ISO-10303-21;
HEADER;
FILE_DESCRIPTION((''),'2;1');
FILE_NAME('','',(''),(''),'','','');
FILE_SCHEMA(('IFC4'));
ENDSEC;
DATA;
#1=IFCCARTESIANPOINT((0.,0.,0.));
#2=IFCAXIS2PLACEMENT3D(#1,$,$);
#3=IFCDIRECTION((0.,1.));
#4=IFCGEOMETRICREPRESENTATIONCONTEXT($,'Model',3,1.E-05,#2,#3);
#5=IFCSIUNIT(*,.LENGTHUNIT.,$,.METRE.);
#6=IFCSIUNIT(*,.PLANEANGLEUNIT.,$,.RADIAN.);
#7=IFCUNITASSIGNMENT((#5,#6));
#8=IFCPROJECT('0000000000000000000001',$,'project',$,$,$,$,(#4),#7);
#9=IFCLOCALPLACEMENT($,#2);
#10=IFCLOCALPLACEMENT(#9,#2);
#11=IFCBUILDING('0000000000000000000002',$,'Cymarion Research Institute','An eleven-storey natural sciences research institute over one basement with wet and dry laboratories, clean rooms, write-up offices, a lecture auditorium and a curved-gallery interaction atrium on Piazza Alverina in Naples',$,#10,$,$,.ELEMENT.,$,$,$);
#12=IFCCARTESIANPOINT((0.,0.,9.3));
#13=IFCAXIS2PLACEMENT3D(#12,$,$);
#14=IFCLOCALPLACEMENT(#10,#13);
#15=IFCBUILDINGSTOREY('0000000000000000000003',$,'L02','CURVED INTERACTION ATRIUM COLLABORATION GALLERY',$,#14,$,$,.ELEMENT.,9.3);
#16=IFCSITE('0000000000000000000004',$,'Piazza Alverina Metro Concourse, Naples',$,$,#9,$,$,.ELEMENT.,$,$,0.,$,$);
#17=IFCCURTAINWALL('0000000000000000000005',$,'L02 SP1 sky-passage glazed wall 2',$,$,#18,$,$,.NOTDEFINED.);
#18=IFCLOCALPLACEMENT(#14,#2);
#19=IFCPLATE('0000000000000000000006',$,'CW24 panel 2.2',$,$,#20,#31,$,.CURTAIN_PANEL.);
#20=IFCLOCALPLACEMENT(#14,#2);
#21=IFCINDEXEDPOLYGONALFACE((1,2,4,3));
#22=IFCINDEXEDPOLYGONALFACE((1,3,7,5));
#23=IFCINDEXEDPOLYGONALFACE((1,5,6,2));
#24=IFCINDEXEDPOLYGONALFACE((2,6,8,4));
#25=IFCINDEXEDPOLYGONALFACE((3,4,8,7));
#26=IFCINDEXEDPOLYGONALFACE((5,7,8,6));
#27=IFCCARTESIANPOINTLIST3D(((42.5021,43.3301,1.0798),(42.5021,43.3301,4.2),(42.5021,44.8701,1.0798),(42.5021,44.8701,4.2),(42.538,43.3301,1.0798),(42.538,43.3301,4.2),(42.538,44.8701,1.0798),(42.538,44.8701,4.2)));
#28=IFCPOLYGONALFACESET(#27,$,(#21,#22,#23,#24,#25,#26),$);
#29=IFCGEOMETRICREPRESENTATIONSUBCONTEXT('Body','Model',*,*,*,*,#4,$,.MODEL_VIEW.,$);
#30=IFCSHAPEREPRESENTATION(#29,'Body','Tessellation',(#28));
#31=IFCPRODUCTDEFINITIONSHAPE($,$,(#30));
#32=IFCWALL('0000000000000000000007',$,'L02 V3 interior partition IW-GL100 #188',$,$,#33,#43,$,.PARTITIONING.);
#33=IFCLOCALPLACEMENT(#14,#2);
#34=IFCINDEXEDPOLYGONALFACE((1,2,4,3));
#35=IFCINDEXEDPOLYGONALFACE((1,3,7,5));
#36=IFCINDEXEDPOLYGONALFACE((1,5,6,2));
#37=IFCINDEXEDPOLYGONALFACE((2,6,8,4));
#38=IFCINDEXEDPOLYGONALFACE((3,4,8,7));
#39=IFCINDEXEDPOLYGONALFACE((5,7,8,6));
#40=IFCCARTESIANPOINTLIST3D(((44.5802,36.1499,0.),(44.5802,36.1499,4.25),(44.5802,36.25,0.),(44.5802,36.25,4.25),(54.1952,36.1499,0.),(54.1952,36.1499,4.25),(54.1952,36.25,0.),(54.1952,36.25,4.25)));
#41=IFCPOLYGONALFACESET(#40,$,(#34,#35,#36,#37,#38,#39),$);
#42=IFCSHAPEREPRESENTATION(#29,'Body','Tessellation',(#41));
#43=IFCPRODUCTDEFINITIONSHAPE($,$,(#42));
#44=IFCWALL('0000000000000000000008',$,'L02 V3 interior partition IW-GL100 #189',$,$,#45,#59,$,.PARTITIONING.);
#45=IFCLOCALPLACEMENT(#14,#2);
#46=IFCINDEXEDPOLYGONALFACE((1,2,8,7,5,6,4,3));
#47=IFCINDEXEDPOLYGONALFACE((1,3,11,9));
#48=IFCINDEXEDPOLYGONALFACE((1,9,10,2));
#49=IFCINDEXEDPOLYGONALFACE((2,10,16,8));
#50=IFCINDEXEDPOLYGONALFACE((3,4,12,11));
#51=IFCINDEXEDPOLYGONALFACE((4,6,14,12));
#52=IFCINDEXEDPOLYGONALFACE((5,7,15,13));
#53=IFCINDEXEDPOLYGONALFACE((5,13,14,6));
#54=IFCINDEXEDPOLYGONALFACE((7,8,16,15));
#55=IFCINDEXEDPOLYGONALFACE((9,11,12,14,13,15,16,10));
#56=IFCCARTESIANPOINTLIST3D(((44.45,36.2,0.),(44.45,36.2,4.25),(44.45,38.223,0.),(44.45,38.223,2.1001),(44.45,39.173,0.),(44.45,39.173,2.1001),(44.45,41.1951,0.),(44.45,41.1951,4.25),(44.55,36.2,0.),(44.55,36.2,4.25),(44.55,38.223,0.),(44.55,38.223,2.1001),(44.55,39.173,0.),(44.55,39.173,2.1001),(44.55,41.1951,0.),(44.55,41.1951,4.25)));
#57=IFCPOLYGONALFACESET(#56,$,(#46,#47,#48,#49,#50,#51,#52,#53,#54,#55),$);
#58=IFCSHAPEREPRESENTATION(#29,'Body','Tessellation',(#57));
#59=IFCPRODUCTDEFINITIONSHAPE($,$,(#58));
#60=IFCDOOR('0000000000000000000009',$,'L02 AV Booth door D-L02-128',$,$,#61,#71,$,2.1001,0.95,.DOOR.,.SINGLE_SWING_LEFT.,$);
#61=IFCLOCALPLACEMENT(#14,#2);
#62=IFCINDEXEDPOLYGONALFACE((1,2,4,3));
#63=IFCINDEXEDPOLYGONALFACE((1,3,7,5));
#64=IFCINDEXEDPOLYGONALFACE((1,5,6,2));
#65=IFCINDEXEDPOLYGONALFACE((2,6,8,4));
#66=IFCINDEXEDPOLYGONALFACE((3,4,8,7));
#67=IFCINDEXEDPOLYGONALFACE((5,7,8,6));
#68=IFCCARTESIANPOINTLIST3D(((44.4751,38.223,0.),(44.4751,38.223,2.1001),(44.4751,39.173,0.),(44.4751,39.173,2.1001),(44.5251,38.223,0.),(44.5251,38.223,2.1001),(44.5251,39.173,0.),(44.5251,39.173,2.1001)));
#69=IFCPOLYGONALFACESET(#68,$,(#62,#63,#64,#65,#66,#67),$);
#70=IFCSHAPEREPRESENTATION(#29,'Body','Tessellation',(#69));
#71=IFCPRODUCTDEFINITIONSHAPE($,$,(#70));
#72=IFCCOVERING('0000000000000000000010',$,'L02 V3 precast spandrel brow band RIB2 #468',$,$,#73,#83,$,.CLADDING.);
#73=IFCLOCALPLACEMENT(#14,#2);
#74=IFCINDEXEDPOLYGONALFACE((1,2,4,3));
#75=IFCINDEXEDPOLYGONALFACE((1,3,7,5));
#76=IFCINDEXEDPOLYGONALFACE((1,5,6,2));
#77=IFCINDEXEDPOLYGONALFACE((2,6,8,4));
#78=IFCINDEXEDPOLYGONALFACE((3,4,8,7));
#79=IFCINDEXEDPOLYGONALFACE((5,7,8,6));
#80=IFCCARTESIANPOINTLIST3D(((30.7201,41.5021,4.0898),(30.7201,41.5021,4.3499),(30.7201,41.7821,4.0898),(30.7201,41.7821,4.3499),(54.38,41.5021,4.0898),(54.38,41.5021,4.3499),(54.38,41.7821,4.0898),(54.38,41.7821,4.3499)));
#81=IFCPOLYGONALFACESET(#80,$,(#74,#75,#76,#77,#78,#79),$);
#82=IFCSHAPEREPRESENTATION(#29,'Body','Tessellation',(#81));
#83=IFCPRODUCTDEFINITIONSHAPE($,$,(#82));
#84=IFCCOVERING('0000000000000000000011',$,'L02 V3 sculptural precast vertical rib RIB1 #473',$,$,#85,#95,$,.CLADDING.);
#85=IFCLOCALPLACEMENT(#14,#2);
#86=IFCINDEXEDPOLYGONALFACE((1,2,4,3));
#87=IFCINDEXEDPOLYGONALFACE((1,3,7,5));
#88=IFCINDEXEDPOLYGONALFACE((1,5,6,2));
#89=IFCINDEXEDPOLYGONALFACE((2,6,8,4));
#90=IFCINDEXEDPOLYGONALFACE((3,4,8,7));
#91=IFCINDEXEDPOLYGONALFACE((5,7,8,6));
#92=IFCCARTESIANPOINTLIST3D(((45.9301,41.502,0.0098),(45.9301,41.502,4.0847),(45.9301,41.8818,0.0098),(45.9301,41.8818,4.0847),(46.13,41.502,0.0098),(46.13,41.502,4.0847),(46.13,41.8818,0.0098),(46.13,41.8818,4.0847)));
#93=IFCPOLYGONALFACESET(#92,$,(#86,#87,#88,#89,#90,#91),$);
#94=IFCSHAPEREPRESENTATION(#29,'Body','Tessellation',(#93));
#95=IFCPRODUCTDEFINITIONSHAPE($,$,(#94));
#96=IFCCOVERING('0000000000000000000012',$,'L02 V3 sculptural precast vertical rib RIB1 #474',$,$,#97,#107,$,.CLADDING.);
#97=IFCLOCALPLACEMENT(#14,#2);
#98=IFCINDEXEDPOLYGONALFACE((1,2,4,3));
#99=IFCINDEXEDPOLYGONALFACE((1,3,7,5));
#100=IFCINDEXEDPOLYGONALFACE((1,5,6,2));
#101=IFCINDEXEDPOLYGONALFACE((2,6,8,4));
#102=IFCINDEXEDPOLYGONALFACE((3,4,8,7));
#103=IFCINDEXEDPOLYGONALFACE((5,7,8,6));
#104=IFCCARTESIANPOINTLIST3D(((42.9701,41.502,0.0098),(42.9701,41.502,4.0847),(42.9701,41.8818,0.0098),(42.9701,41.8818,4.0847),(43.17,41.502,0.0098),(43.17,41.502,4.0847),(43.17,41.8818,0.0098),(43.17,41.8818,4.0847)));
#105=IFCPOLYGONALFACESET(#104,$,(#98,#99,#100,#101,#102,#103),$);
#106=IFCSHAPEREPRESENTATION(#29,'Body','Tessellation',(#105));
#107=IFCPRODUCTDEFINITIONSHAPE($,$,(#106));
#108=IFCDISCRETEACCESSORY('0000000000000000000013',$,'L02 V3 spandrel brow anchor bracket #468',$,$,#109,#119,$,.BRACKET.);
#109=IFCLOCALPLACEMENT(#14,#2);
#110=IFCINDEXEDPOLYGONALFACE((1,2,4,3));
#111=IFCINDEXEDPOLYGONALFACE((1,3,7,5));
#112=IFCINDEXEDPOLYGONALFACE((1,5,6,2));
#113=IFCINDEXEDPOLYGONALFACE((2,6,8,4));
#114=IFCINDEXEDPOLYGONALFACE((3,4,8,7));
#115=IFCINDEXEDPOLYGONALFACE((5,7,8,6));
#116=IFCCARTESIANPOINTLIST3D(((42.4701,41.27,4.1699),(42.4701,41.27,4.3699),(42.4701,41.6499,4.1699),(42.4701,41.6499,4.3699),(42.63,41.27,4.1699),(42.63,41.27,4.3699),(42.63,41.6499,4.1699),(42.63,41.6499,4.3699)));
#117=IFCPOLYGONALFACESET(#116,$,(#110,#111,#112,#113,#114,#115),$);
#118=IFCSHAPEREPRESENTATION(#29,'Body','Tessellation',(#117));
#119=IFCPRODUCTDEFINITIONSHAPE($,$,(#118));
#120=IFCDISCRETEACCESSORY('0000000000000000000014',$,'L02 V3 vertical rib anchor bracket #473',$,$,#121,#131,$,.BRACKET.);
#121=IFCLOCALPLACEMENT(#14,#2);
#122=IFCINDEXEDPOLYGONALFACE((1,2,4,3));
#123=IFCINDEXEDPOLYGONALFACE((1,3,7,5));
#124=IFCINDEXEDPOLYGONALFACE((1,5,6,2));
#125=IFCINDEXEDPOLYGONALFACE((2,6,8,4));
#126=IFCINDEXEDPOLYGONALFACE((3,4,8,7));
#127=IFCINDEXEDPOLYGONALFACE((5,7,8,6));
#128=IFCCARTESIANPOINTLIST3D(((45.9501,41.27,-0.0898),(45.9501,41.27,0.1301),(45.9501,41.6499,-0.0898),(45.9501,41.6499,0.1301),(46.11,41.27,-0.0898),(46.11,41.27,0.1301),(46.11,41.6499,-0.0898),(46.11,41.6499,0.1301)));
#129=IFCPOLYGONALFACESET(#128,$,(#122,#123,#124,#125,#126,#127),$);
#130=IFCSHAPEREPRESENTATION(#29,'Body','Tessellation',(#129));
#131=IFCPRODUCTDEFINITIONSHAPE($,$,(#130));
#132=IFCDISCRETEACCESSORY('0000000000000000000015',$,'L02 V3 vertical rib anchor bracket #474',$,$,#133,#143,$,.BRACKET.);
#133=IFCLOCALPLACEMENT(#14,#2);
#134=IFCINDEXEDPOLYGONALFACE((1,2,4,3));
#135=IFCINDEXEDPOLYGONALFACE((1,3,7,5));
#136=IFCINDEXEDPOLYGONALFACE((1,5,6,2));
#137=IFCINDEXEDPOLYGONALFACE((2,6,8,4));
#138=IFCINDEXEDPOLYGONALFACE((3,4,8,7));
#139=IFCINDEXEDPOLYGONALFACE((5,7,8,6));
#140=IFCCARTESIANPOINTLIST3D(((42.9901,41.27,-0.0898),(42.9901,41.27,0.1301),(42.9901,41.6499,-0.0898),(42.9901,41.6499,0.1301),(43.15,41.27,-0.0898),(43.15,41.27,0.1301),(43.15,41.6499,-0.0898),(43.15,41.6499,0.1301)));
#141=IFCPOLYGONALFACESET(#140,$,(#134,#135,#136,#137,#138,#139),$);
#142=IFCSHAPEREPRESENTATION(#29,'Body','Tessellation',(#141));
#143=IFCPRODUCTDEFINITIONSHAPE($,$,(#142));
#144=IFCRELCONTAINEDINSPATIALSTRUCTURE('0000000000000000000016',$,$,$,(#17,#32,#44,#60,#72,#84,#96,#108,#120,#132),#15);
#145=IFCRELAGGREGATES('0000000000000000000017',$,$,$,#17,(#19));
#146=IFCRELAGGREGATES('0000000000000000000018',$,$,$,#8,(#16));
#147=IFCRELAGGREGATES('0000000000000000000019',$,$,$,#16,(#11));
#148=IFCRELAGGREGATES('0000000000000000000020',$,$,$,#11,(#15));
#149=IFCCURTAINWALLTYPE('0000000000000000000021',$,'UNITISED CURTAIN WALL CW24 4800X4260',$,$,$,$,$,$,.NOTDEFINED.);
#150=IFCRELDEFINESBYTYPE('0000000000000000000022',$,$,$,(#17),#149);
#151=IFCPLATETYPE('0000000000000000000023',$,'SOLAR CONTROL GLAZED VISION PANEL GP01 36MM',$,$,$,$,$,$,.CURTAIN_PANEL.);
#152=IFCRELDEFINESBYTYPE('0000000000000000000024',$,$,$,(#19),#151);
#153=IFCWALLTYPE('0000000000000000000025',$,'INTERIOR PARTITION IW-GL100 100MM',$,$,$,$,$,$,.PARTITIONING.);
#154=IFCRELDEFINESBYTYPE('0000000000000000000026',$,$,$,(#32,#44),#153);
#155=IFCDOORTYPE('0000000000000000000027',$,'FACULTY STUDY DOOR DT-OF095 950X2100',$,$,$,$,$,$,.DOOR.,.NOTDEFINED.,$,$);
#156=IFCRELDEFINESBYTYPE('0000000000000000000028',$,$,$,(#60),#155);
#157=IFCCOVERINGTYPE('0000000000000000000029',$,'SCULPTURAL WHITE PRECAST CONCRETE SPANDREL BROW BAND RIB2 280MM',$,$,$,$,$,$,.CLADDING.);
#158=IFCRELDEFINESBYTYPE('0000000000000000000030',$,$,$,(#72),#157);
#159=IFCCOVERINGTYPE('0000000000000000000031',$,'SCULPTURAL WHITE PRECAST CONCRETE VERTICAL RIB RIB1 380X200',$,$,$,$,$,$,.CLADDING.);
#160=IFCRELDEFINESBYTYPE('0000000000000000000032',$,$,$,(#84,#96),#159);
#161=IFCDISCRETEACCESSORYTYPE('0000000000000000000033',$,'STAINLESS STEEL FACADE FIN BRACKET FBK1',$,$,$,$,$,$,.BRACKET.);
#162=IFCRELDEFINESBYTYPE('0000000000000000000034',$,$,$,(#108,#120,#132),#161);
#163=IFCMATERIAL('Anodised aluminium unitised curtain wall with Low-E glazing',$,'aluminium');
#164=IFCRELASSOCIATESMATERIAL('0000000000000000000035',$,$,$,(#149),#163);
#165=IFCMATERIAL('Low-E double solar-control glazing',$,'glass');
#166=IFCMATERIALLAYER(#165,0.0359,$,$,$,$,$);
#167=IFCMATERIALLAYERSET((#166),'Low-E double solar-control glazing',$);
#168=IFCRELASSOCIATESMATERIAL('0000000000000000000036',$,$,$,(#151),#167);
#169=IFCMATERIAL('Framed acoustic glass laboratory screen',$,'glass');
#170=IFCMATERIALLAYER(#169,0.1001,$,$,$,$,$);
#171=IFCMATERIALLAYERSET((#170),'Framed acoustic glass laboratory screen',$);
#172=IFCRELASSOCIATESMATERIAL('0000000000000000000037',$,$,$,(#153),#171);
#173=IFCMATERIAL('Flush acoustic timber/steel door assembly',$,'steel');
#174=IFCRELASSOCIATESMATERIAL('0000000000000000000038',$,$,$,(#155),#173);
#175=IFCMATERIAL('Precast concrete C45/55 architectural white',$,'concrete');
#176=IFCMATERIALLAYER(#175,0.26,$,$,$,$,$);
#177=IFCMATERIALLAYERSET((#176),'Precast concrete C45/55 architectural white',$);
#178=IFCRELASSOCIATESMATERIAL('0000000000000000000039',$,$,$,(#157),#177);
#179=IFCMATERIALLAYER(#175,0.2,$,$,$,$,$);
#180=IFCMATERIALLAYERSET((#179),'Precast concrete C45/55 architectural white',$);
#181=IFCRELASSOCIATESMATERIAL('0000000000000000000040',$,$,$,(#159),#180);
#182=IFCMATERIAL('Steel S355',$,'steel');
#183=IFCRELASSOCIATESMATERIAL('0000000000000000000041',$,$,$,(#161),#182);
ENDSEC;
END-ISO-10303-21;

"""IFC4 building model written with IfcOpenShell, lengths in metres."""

from ifc_helpers import new_model, si_unit, direction, frame, frame_2d, origin, origin_2d, place, context, subcontext, project, spatial, rectangle, extrude, material, layer, layer_set, type_object, element, fill, aggregate, save


model = new_model("IFC4")

# Units and contexts
model_context = context("Model", 3, precision=1e-05, world=origin(), true_north=direction((0.0, 1.0)))
body_context = subcontext(model_context, "Body", "Model", "MODEL_VIEW")
ifc_project = project(units=[si_unit("LENGTHUNIT", "METRE"), si_unit("PLANEANGLEUNIT", "RADIAN")], contexts=[model_context])

# Site, building, storey
site_placement = place(None, origin())
site = spatial("IfcSite", under=ifc_project, at=site_placement, Name="Piazza Alverina Metro Concourse, Naples", CompositionType="ELEMENT", RefElevation=0.0)
building_placement = place(site_placement, origin())
building = spatial("IfcBuilding", under=site, at=building_placement, Name="Cymarion Research Institute", Description="An eleven-storey natural sciences research institute over one basement with wet and dry laboratories, clean rooms, write-up offices, a lecture auditorium and a curved-gallery interaction atrium on Piazza Alverina in Naples", CompositionType="ELEMENT")
storey_placement = place(building_placement, frame((0.0, 0.0, 9.3)))
storey = spatial("IfcBuildingStorey", under=building, at=storey_placement, Name="L02", Description="CURVED INTERACTION ATRIUM COLLABORATION GALLERY", CompositionType="ELEMENT", Elevation=9.3)

# Shared definitions
ifc_material_1 = material(Name="Steel S355", Category="steel")

# Curtain wall
ifc_material_2 = material(Name="Anodised aluminium unitised curtain wall with Low-E glazing", Category="aluminium")
curtain_wall_type = type_object("IfcCurtainWallType", Name="UNITISED CURTAIN WALL CW24 4800X4260", PredefinedType="NOTDEFINED", material=ifc_material_2)
curtain_wall_placement = place(storey_placement, origin())
curtain_wall = element("IfcCurtainWall", 1, at=curtain_wall_placement, inside=storey, type_object=curtain_wall_type, Name="L02 SP1 sky-passage glazed wall 2", PredefinedType="NOTDEFINED")

# Plate
ifc_material_3 = material(Name="Low-E double solar-control glazing", Category="glass")
ifc_layer_1 = layer(ifc_material_3, 0.0359)
ifc_layer_set_1 = layer_set([ifc_layer_1], Name="Low-E double solar-control glazing")
plate_type_1 = type_object("IfcPlateType", Name="SOLAR CONTROL GLAZED VISION PANEL GP01 36MM", PredefinedType="CURTAIN_PANEL", material=ifc_layer_set_1)
plate_1_placement = place(storey_placement, frame((42.52, 44.1001, 1.0798), z_axis=(0.0, 0.0, 1.0), x_axis=(0.0, 1.0, 0.0)))
plate_1 = element("IfcPlate", 2, at=plate_1_placement, type_object=plate_type_1, Name="CW24 panel 2.2", PredefinedType="CURTAIN_PANEL", context=body_context, shape_type="SweptSolid", body=[
    extrude(rectangle(XDim=1.54, YDim=0.0359, at=origin_2d()), origin(), (0.0, 0.0, 1.0), 3.1201),
])
aggregate(curtain_wall, [plate_1])

# Wall
ifc_material_4 = material(Name="Framed acoustic glass laboratory screen", Category="glass")
ifc_layer_2 = layer(ifc_material_4, 0.1001)
ifc_layer_set_2 = layer_set([ifc_layer_2], Name="Framed acoustic glass laboratory screen")
wall_type = type_object("IfcWallType", Name="INTERIOR PARTITION IW-GL100 100MM", PredefinedType="PARTITIONING", material=ifc_layer_set_2)
wall_1_placement = place(storey_placement, frame((44.5801, 36.2, 0.0), z_axis=(0.0, 0.0, 1.0), x_axis=(1.0, 0.0, 0.0)))
element("IfcWall", 3, at=wall_1_placement, inside=storey, type_object=wall_type, Name="L02 V3 interior partition IW-GL100 #188", PredefinedType="PARTITIONING", context=body_context, shape_type="SweptSolid", body=[
    extrude(rectangle(XDim=9.615, YDim=0.1001, at=frame_2d((4.8076, 0.0))), origin(), (0.0, 0.0, 1.0), 4.25),
])

# Wall, opening, door
wall_2_placement = place(storey_placement, frame((44.5, 36.2, 0.0), z_axis=(0.0, 0.0, 1.0), x_axis=(0.0, 1.0, 0.0)))
wall_2 = element("IfcWall", 4, at=wall_2_placement, inside=storey, type_object=wall_type, Name="L02 V3 interior partition IW-GL100 #189", PredefinedType="PARTITIONING", context=body_context, shape_type="SweptSolid", body=[
    extrude(rectangle(XDim=4.9951, YDim=0.1001, at=frame_2d((2.4976, 0.0))), origin(), (0.0, 0.0, 1.0), 4.25),
])
opening_placement = place(wall_2_placement, frame((2.0229, 0.0, 0.0)))
opening = element("IfcOpeningElement", 5, at=opening_placement, cuts=wall_2, PredefinedType="OPENING", context=body_context, shape_type="SweptSolid", body=[
    extrude(rectangle(XDim=0.95, YDim=2.1001, at=frame_2d((0.4751, 1.05))), frame((0.0, 0.0601, 0.0), z_axis=(0.0, -1.0, 0.0), x_axis=(1.0, 0.0, 0.0)), (0.0, 0.0, 1.0), 0.1201),
])
ifc_material_5 = material(Name="Flush acoustic timber/steel door assembly", Category="steel")
door_type = type_object("IfcDoorType", Name="FACULTY STUDY DOOR DT-OF095 950X2100", OperationType="NOTDEFINED", PredefinedType="DOOR", material=ifc_material_5)
door_placement = place(opening_placement, origin())
door = element("IfcDoor", 6, at=door_placement, inside=storey, type_object=door_type, Name="L02 AV Booth door D-L02-128", OperationType="SINGLE_SWING_LEFT", OverallHeight=2.1001, OverallWidth=0.95, PredefinedType="DOOR", context=body_context, shape_type="SweptSolid", body=[
    extrude(rectangle(XDim=0.95, YDim=2.1001, at=frame_2d((0.4751, 1.05))), frame((0.0, 0.0249, 0.0), z_axis=(0.0, -1.0, 0.0), x_axis=(1.0, 0.0, 0.0)), (0.0, 0.0, 1.0), 0.05),
])
fill(opening, door)

# Coverings
ifc_material_6 = material(Name="Precast concrete C45/55 architectural white", Category="concrete")
ifc_layer_3 = layer(ifc_material_6, 0.26)
ifc_layer_set_3 = layer_set([ifc_layer_3], Name="Precast concrete C45/55 architectural white")
covering_type_1 = type_object("IfcCoveringType", Name="SCULPTURAL WHITE PRECAST CONCRETE SPANDREL BROW BAND RIB2 280MM", PredefinedType="CLADDING", material=ifc_layer_set_3)
covering_placement = place(storey_placement, frame((42.55, 41.6421, 4.0898), z_axis=(0.0, 0.0, 1.0), x_axis=(0.0, 1.0, 0.0)))
element("IfcCovering", 7, at=covering_placement, inside=storey, type_object=covering_type_1, Name="L02 V3 precast spandrel brow band RIB2 #468", PredefinedType="CLADDING", context=body_context, shape_type="SweptSolid", body=[
    extrude(rectangle(XDim=0.28, YDim=23.6599, at=origin_2d()), origin(), (0.0, 0.0, 1.0), 0.26),
])
ifc_layer_4 = layer(ifc_material_6, 0.2)
ifc_layer_set_4 = layer_set([ifc_layer_4], Name="Precast concrete C45/55 architectural white")
covering_type_2 = type_object("IfcCoveringType", Name="SCULPTURAL WHITE PRECAST CONCRETE VERTICAL RIB RIB1 380X200", PredefinedType="CLADDING", material=ifc_layer_set_4)
for number, where, z_axis, x_axis, name in (
    (8, (46.03, 41.6919, 0.0098), (0.0, 0.0, 1.0), (0.0, 1.0, 0.0), "L02 V3 sculptural precast vertical rib RIB1 #473"),
    (9, (43.0701, 41.6919, 0.0098), (0.0, 0.0, 1.0), (0.0, 1.0, 0.0), "L02 V3 sculptural precast vertical rib RIB1 #474"),
):
    element("IfcCovering", number, at=place(storey_placement, frame(where, z_axis=z_axis, x_axis=x_axis)), inside=storey, type_object=covering_type_2, Name=name, PredefinedType="CLADDING", context=body_context, shape_type="SweptSolid", body=[
        extrude(rectangle(XDim=0.3799, YDim=0.2, at=origin_2d()), origin(), (0.0, 0.0, 1.0), 4.075),
    ])

# Discrete accessories
discrete_accessory_type = type_object("IfcDiscreteAccessoryType", Name="STAINLESS STEEL FACADE FIN BRACKET FBK1", PredefinedType="BRACKET", material=ifc_material_1)
discrete_accessory_placement = place(storey_placement, frame((42.55, 41.46, 4.1699), z_axis=(0.0, 0.0, 1.0), x_axis=(0.0, 1.0, 0.0)))
element("IfcDiscreteAccessory", 10, at=discrete_accessory_placement, inside=storey, type_object=discrete_accessory_type, Name="L02 V3 spandrel brow anchor bracket #468", PredefinedType="BRACKET", context=body_context, shape_type="SweptSolid", body=[
    extrude(rectangle(XDim=0.3799, YDim=0.1599, at=origin_2d()), origin(), (0.0, 0.0, 1.0), 0.2),
])
for number, where, z_axis, x_axis, name in (
    (11, (46.03, 41.46, -0.0898), (0.0, 0.0, 1.0), (0.0, 1.0, 0.0), "L02 V3 vertical rib anchor bracket #473"),
    (12, (43.0701, 41.46, -0.0898), (0.0, 0.0, 1.0), (0.0, 1.0, 0.0), "L02 V3 vertical rib anchor bracket #474"),
):
    element("IfcDiscreteAccessory", number, at=place(storey_placement, frame(where, z_axis=z_axis, x_axis=x_axis)), inside=storey, type_object=discrete_accessory_type, Name=name, PredefinedType="BRACKET", context=body_context, shape_type="SweptSolid", body=[
        extrude(rectangle(XDim=0.3799, YDim=0.1599, at=origin_2d()), origin(), (0.0, 0.0, 1.0), 0.22),
    ])

save(model, "model.ifc")
